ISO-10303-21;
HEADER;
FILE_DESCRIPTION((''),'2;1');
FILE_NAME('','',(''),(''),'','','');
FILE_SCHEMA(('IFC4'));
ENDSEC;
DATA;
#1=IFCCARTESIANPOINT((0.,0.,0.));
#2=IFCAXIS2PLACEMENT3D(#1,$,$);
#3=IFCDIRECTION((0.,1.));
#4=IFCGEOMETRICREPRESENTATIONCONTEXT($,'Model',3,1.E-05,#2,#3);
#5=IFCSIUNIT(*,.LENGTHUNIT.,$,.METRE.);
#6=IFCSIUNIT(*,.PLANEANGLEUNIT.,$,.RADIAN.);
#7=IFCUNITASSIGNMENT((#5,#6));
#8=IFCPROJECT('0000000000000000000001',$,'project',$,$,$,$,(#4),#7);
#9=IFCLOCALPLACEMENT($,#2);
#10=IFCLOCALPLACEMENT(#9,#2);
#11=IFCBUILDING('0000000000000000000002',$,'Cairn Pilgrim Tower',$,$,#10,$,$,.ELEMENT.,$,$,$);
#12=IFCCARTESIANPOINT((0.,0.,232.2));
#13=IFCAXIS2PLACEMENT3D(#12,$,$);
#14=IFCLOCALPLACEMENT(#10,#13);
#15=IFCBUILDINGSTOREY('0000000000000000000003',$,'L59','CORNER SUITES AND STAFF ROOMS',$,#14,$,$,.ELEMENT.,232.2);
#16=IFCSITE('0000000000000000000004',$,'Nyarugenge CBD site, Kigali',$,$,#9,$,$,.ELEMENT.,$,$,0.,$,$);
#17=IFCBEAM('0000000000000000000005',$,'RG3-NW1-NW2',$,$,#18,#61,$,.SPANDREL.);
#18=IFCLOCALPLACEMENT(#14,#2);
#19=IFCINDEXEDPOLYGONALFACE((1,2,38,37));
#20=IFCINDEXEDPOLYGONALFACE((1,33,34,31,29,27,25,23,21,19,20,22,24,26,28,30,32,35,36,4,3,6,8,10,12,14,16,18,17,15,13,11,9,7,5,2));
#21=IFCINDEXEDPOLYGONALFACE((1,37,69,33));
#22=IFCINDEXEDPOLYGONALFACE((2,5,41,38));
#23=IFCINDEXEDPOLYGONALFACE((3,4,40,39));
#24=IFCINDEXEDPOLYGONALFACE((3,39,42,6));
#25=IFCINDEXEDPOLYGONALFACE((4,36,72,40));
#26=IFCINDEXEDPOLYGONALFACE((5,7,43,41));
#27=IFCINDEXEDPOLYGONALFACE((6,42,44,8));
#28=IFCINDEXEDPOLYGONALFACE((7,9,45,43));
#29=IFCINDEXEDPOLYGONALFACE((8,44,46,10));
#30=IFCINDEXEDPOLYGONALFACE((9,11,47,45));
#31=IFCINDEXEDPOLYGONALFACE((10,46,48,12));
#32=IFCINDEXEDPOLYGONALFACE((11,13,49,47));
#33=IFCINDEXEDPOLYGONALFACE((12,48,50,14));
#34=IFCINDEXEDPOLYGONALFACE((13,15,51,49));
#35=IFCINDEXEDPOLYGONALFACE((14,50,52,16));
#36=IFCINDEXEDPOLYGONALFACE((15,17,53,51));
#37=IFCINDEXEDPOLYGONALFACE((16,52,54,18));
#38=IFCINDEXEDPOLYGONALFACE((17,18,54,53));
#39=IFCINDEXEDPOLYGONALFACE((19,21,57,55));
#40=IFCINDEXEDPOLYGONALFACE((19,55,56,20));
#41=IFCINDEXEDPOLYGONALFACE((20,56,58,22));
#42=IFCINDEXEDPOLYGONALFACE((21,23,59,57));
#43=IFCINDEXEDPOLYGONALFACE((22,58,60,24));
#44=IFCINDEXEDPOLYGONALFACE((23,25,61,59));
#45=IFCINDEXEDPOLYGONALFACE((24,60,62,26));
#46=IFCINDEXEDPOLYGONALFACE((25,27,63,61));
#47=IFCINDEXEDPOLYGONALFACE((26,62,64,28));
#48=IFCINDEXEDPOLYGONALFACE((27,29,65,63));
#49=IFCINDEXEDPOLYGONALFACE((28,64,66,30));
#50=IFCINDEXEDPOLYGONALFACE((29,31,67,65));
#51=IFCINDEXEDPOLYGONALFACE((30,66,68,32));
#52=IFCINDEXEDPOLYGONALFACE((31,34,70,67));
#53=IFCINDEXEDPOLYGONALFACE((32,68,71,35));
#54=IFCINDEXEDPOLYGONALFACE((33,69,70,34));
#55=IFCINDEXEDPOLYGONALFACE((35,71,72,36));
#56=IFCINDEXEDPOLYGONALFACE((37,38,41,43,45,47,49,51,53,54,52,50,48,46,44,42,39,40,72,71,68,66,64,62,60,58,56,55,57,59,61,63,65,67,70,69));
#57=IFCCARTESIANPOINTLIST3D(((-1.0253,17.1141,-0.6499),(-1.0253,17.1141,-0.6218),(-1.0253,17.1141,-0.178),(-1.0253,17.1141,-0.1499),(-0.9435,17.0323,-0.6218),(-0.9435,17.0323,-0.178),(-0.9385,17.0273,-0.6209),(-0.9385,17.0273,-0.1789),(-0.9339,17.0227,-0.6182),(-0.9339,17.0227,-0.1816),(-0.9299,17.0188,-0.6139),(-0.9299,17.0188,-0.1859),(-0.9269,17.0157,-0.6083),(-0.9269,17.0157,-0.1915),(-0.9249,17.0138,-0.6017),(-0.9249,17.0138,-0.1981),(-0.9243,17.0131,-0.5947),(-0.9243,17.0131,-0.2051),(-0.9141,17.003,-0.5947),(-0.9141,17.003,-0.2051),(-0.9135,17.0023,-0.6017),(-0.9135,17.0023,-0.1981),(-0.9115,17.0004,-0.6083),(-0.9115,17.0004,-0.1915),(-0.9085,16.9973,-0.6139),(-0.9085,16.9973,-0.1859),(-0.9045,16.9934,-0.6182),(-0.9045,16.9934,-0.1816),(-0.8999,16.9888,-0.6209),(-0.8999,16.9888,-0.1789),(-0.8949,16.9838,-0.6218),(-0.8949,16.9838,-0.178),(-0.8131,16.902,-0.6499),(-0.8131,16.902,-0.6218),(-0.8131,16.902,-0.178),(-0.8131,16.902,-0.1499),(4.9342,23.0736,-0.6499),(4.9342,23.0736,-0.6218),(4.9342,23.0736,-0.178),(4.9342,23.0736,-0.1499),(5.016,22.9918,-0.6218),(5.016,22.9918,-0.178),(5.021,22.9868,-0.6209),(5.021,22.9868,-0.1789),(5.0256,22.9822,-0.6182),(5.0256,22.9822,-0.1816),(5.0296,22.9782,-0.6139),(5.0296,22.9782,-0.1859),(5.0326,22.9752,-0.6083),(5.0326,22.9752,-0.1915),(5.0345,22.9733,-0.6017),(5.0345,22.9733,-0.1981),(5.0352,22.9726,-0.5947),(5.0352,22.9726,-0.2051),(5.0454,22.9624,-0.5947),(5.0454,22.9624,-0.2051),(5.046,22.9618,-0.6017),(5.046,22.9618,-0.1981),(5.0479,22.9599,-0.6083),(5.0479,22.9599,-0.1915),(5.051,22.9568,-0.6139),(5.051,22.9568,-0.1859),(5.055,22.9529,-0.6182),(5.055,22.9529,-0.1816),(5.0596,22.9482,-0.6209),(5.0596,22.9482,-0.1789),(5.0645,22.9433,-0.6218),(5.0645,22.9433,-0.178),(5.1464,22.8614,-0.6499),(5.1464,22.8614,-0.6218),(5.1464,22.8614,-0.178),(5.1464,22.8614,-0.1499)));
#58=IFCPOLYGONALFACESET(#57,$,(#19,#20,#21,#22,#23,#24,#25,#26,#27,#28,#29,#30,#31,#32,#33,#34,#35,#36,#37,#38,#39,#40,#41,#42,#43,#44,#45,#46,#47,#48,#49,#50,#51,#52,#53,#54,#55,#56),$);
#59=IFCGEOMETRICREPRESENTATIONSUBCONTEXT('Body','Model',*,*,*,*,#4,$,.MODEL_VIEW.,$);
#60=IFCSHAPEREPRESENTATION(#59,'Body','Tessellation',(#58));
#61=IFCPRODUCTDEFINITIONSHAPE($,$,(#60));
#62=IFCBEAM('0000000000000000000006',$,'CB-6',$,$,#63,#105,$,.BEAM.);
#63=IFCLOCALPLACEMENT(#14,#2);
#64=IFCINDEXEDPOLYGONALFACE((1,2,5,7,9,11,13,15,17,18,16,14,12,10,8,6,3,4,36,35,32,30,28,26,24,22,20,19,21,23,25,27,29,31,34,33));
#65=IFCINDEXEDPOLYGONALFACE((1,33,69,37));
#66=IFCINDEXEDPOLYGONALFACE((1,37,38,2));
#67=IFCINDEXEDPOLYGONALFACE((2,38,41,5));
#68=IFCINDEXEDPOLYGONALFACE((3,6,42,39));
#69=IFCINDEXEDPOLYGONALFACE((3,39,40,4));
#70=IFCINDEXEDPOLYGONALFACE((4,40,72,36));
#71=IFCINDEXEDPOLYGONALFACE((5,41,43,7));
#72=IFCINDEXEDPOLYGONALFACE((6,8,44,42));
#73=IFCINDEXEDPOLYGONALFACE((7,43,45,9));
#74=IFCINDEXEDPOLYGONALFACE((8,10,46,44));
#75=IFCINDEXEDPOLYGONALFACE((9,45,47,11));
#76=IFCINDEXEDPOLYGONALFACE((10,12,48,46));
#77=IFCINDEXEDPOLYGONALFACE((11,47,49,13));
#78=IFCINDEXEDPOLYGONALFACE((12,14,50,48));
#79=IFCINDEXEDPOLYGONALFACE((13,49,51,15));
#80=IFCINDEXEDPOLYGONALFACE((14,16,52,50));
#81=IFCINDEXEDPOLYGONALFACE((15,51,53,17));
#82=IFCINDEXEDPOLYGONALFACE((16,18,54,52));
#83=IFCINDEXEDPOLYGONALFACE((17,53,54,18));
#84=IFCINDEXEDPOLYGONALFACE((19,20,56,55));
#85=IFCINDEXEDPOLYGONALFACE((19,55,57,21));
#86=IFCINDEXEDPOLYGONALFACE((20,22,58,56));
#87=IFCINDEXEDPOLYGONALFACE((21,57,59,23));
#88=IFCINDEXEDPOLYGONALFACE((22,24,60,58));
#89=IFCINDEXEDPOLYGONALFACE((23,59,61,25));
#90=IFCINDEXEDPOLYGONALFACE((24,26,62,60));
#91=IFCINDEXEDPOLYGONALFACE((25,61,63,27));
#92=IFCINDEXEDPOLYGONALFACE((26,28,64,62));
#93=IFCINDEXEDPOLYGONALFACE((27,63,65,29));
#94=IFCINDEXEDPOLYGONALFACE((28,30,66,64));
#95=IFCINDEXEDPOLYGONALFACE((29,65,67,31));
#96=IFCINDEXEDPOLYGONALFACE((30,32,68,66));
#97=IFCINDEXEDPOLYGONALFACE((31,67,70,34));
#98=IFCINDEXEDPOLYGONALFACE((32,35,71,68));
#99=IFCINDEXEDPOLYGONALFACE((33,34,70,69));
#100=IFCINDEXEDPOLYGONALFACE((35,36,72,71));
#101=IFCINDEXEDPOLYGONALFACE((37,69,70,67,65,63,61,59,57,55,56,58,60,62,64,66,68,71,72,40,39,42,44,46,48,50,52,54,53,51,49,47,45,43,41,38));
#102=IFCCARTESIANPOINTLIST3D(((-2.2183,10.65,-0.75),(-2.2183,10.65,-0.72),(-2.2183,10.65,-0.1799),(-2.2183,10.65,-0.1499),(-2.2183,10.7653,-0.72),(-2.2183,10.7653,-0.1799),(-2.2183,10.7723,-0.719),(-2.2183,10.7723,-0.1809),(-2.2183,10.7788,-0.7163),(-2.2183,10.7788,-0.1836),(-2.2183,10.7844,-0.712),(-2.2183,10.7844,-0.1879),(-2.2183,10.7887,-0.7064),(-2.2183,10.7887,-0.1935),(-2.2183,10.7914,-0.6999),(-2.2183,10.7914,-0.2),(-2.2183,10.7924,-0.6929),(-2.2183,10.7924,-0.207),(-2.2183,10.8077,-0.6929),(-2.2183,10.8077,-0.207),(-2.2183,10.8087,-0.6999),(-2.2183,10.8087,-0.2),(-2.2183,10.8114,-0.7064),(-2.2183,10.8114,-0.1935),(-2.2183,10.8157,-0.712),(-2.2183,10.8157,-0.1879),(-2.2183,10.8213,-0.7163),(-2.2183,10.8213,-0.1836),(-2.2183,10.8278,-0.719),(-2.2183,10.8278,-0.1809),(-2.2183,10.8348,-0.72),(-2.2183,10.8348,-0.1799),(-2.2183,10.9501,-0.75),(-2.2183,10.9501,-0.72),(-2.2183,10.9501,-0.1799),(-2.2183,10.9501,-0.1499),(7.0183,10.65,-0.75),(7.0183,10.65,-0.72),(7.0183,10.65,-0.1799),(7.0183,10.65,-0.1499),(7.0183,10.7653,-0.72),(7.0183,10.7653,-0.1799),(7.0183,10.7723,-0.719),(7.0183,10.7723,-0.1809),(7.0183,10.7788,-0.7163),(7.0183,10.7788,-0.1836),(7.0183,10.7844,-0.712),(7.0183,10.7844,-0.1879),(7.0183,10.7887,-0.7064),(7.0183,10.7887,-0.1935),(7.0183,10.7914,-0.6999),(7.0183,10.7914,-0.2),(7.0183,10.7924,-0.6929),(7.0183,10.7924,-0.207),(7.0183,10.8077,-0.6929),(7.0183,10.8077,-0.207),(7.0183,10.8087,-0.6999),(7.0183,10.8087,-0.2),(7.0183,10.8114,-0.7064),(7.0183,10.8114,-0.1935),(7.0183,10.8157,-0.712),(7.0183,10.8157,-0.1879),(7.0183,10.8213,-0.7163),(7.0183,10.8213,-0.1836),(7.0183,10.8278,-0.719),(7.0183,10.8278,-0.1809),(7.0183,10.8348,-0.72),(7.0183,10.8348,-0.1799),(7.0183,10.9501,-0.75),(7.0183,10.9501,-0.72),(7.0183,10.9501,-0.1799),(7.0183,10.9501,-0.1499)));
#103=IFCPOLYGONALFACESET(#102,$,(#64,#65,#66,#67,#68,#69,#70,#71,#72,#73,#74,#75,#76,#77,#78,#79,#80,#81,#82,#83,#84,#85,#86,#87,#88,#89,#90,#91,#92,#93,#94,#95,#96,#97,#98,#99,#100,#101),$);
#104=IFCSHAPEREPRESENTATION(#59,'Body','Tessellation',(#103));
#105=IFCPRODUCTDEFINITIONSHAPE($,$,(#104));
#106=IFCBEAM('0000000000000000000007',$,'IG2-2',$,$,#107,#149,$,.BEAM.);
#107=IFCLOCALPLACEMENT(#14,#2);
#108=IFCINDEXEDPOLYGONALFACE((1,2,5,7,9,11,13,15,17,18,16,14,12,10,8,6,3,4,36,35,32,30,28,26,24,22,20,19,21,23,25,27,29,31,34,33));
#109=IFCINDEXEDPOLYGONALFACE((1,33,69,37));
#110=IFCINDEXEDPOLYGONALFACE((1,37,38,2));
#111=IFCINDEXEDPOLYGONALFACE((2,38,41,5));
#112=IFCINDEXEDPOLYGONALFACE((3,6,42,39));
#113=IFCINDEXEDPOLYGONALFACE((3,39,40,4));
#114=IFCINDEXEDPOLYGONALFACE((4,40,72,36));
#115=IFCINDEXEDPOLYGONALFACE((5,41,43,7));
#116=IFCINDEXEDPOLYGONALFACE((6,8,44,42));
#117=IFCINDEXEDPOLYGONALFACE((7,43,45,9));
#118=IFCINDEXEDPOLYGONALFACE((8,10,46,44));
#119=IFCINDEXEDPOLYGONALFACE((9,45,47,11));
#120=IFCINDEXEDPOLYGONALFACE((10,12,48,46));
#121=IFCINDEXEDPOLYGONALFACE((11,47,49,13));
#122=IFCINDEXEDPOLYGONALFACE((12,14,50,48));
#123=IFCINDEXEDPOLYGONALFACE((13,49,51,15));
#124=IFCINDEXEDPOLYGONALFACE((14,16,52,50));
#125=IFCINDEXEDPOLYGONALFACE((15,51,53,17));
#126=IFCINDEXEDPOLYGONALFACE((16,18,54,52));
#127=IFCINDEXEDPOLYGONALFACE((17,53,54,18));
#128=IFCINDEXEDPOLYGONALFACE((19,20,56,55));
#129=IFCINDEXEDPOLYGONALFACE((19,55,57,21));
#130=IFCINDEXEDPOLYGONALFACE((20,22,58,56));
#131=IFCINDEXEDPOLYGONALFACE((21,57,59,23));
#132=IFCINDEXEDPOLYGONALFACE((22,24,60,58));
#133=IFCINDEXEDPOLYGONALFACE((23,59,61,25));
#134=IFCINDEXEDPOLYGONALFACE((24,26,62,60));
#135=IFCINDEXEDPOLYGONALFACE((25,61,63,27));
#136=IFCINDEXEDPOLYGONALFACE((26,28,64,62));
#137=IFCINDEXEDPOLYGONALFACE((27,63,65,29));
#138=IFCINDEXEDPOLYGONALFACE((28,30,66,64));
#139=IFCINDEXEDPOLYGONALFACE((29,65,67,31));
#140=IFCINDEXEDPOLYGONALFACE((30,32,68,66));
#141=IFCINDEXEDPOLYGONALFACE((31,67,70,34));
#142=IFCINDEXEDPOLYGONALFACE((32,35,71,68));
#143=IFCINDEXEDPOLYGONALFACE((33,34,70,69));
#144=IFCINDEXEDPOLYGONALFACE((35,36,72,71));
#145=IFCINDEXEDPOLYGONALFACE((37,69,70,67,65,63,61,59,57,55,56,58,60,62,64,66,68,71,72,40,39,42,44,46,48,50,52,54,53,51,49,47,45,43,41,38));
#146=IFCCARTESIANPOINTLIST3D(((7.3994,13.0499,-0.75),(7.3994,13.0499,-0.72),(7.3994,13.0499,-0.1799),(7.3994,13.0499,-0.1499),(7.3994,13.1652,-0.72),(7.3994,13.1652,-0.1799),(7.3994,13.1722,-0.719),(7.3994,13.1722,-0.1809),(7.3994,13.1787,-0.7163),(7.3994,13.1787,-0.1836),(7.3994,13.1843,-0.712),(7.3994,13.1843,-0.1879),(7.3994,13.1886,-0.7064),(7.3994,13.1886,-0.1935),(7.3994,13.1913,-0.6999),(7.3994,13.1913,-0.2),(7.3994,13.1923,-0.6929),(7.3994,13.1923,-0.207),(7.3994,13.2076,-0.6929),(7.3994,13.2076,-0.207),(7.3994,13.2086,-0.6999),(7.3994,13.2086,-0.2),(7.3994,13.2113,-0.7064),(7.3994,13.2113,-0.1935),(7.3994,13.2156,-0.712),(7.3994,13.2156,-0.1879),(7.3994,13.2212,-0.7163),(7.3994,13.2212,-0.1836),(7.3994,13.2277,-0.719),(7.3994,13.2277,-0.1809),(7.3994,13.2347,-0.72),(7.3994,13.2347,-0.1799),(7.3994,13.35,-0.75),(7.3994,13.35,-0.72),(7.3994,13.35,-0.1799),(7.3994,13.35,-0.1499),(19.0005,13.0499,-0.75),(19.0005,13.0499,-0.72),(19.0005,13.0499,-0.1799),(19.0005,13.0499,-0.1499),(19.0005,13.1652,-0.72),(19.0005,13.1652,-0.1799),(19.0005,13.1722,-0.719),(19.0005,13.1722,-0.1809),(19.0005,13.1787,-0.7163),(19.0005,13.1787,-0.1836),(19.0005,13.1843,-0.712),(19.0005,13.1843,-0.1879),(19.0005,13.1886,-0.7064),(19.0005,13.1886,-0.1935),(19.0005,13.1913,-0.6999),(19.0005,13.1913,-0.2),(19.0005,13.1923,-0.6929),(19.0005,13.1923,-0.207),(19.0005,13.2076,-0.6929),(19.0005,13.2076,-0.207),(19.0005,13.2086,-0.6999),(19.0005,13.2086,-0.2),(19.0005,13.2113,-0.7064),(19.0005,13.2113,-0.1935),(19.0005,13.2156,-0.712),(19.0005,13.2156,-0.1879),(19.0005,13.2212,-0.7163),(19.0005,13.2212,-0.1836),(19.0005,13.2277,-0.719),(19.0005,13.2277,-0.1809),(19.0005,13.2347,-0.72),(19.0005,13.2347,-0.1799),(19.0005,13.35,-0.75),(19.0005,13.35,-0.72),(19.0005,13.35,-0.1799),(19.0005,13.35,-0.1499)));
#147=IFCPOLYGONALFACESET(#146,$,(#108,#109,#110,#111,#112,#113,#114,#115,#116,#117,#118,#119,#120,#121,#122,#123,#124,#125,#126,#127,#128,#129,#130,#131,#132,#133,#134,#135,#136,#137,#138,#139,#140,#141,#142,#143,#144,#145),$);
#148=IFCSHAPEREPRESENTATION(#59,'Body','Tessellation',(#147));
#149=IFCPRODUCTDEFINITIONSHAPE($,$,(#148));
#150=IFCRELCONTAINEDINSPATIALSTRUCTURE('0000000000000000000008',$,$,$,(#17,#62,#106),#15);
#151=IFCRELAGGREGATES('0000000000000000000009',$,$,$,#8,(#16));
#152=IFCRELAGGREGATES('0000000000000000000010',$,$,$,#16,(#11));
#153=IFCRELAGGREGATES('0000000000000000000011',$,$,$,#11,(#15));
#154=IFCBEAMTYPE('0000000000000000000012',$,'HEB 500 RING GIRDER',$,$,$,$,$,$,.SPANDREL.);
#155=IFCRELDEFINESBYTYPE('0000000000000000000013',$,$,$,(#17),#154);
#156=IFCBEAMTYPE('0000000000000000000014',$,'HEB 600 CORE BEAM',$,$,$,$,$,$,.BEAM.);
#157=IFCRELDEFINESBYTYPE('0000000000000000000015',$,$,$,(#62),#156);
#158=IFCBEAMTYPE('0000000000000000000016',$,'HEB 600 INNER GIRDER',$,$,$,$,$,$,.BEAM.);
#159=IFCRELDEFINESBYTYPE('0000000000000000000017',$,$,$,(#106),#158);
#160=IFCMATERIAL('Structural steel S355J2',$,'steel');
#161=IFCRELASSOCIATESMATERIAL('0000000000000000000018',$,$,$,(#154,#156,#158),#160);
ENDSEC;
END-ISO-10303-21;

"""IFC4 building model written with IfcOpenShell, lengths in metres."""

from ifc_helpers import new_model, si_unit, direction, frame, origin, origin_2d, place, context, subcontext, project, spatial, i_section, extrude, material, material_profile, profile_set, type_object, element, save


model = new_model("IFC4")

# Units and contexts
model_context = context("Model", 3, precision=1e-05, world=origin(), true_north=direction((0.0, 1.0)))
body_context = subcontext(model_context, "Body", "Model", "MODEL_VIEW")
ifc_project = project(units=[si_unit("LENGTHUNIT", "METRE"), si_unit("PLANEANGLEUNIT", "RADIAN")], contexts=[model_context])

# Site, building, storey
site_placement = place(None, origin())
site = spatial("IfcSite", under=ifc_project, at=site_placement, Name="Nyarugenge CBD site, Kigali", CompositionType="ELEMENT", RefElevation=0.0)
building_placement = place(site_placement, origin())
building = spatial("IfcBuilding", under=site, at=building_placement, Name="Cairn Pilgrim Tower", CompositionType="ELEMENT")
storey_placement = place(building_placement, frame((0.0, 0.0, 232.2)))
storey = spatial("IfcBuildingStorey", under=building, at=storey_placement, Name="L59", Description="CORNER SUITES AND STAFF ROOMS", CompositionType="ELEMENT", Elevation=232.2)

# Shared definitions
ifc_material_1 = material(Name="Structural steel S355J2", Category="steel")

# Beams
ifc_material_profile_1 = material_profile(ifc_material_1, i_section(OverallWidth=0.3, OverallDepth=0.5, WebThickness=0.0144, FlangeThickness=0.0281, FilletRadius=0.0271, at=origin_2d()), Name="HEB 500")
ifc_profile_set_1 = profile_set([ifc_material_profile_1], Name="Structural steel S355J2")
beam_type_1 = type_object("IfcBeamType", Name="HEB 500 RING GIRDER", PredefinedType="SPANDREL", material=ifc_profile_set_1)
beam_1_placement = place(storey_placement, frame((5.0403, 22.9675, -0.3999), z_axis=(-0.707107, -0.707107, 0.0), x_axis=(0.707107, -0.707107, 0.0)))
element("IfcBeam", 1, at=beam_1_placement, inside=storey, type_object=beam_type_1, Name="RG3-NW1-NW2", PredefinedType="SPANDREL", context=body_context, shape_type="SweptSolid", body=[
    extrude(i_section(OverallWidth=0.3, OverallDepth=0.5, WebThickness=0.0144, FlangeThickness=0.0281, FilletRadius=0.0271, at=origin_2d()), origin(), (0.0, 0.0, 1.0), 8.428),
])
ifc_material_profile_2 = material_profile(ifc_material_1, i_section(OverallWidth=0.3, OverallDepth=0.6001, WebThickness=0.0154, FlangeThickness=0.03, FilletRadius=0.0271, at=origin_2d()), Name="HEB 600")
ifc_profile_set_2 = profile_set([ifc_material_profile_2], Name="Structural steel S355J2")
beam_type_2 = type_object("IfcBeamType", Name="HEB 600 CORE BEAM", PredefinedType="BEAM", material=ifc_profile_set_2)
beam_2_placement = place(storey_placement, frame((7.0183, 10.8, -0.45), z_axis=(-1.0, 0.0, 0.0), x_axis=(0.0, -1.0, 0.0)))
element("IfcBeam", 2, at=beam_2_placement, inside=storey, type_object=beam_type_2, Name="CB-6", PredefinedType="BEAM", context=body_context, shape_type="SweptSolid", body=[
    extrude(i_section(OverallWidth=0.3, OverallDepth=0.6001, WebThickness=0.0154, FlangeThickness=0.03, FilletRadius=0.0271, at=origin_2d()), origin(), (0.0, 0.0, 1.0), 9.2366),
])
ifc_material_profile_3 = material_profile(ifc_material_1, i_section(OverallWidth=0.3, OverallDepth=0.6001, WebThickness=0.0154, FlangeThickness=0.03, FilletRadius=0.0271, at=origin_2d()), Name="HEB 600")
ifc_profile_set_3 = profile_set([ifc_material_profile_3], Name="Structural steel S355J2")
beam_type_3 = type_object("IfcBeamType", Name="HEB 600 INNER GIRDER", PredefinedType="BEAM", material=ifc_profile_set_3)
beam_3_placement = place(storey_placement, frame((7.3994, 13.2, -0.45), z_axis=(1.0, 0.0, 0.0), x_axis=(0.0, 1.0, 0.0)))
element("IfcBeam", 3, at=beam_3_placement, inside=storey, type_object=beam_type_3, Name="IG2-2", PredefinedType="BEAM", context=body_context, shape_type="SweptSolid", body=[
    extrude(i_section(OverallWidth=0.3, OverallDepth=0.6001, WebThickness=0.0154, FlangeThickness=0.03, FilletRadius=0.0271, at=origin_2d()), origin(), (0.0, 0.0, 1.0), 11.6011),
])

save(model, "model.ifc")
